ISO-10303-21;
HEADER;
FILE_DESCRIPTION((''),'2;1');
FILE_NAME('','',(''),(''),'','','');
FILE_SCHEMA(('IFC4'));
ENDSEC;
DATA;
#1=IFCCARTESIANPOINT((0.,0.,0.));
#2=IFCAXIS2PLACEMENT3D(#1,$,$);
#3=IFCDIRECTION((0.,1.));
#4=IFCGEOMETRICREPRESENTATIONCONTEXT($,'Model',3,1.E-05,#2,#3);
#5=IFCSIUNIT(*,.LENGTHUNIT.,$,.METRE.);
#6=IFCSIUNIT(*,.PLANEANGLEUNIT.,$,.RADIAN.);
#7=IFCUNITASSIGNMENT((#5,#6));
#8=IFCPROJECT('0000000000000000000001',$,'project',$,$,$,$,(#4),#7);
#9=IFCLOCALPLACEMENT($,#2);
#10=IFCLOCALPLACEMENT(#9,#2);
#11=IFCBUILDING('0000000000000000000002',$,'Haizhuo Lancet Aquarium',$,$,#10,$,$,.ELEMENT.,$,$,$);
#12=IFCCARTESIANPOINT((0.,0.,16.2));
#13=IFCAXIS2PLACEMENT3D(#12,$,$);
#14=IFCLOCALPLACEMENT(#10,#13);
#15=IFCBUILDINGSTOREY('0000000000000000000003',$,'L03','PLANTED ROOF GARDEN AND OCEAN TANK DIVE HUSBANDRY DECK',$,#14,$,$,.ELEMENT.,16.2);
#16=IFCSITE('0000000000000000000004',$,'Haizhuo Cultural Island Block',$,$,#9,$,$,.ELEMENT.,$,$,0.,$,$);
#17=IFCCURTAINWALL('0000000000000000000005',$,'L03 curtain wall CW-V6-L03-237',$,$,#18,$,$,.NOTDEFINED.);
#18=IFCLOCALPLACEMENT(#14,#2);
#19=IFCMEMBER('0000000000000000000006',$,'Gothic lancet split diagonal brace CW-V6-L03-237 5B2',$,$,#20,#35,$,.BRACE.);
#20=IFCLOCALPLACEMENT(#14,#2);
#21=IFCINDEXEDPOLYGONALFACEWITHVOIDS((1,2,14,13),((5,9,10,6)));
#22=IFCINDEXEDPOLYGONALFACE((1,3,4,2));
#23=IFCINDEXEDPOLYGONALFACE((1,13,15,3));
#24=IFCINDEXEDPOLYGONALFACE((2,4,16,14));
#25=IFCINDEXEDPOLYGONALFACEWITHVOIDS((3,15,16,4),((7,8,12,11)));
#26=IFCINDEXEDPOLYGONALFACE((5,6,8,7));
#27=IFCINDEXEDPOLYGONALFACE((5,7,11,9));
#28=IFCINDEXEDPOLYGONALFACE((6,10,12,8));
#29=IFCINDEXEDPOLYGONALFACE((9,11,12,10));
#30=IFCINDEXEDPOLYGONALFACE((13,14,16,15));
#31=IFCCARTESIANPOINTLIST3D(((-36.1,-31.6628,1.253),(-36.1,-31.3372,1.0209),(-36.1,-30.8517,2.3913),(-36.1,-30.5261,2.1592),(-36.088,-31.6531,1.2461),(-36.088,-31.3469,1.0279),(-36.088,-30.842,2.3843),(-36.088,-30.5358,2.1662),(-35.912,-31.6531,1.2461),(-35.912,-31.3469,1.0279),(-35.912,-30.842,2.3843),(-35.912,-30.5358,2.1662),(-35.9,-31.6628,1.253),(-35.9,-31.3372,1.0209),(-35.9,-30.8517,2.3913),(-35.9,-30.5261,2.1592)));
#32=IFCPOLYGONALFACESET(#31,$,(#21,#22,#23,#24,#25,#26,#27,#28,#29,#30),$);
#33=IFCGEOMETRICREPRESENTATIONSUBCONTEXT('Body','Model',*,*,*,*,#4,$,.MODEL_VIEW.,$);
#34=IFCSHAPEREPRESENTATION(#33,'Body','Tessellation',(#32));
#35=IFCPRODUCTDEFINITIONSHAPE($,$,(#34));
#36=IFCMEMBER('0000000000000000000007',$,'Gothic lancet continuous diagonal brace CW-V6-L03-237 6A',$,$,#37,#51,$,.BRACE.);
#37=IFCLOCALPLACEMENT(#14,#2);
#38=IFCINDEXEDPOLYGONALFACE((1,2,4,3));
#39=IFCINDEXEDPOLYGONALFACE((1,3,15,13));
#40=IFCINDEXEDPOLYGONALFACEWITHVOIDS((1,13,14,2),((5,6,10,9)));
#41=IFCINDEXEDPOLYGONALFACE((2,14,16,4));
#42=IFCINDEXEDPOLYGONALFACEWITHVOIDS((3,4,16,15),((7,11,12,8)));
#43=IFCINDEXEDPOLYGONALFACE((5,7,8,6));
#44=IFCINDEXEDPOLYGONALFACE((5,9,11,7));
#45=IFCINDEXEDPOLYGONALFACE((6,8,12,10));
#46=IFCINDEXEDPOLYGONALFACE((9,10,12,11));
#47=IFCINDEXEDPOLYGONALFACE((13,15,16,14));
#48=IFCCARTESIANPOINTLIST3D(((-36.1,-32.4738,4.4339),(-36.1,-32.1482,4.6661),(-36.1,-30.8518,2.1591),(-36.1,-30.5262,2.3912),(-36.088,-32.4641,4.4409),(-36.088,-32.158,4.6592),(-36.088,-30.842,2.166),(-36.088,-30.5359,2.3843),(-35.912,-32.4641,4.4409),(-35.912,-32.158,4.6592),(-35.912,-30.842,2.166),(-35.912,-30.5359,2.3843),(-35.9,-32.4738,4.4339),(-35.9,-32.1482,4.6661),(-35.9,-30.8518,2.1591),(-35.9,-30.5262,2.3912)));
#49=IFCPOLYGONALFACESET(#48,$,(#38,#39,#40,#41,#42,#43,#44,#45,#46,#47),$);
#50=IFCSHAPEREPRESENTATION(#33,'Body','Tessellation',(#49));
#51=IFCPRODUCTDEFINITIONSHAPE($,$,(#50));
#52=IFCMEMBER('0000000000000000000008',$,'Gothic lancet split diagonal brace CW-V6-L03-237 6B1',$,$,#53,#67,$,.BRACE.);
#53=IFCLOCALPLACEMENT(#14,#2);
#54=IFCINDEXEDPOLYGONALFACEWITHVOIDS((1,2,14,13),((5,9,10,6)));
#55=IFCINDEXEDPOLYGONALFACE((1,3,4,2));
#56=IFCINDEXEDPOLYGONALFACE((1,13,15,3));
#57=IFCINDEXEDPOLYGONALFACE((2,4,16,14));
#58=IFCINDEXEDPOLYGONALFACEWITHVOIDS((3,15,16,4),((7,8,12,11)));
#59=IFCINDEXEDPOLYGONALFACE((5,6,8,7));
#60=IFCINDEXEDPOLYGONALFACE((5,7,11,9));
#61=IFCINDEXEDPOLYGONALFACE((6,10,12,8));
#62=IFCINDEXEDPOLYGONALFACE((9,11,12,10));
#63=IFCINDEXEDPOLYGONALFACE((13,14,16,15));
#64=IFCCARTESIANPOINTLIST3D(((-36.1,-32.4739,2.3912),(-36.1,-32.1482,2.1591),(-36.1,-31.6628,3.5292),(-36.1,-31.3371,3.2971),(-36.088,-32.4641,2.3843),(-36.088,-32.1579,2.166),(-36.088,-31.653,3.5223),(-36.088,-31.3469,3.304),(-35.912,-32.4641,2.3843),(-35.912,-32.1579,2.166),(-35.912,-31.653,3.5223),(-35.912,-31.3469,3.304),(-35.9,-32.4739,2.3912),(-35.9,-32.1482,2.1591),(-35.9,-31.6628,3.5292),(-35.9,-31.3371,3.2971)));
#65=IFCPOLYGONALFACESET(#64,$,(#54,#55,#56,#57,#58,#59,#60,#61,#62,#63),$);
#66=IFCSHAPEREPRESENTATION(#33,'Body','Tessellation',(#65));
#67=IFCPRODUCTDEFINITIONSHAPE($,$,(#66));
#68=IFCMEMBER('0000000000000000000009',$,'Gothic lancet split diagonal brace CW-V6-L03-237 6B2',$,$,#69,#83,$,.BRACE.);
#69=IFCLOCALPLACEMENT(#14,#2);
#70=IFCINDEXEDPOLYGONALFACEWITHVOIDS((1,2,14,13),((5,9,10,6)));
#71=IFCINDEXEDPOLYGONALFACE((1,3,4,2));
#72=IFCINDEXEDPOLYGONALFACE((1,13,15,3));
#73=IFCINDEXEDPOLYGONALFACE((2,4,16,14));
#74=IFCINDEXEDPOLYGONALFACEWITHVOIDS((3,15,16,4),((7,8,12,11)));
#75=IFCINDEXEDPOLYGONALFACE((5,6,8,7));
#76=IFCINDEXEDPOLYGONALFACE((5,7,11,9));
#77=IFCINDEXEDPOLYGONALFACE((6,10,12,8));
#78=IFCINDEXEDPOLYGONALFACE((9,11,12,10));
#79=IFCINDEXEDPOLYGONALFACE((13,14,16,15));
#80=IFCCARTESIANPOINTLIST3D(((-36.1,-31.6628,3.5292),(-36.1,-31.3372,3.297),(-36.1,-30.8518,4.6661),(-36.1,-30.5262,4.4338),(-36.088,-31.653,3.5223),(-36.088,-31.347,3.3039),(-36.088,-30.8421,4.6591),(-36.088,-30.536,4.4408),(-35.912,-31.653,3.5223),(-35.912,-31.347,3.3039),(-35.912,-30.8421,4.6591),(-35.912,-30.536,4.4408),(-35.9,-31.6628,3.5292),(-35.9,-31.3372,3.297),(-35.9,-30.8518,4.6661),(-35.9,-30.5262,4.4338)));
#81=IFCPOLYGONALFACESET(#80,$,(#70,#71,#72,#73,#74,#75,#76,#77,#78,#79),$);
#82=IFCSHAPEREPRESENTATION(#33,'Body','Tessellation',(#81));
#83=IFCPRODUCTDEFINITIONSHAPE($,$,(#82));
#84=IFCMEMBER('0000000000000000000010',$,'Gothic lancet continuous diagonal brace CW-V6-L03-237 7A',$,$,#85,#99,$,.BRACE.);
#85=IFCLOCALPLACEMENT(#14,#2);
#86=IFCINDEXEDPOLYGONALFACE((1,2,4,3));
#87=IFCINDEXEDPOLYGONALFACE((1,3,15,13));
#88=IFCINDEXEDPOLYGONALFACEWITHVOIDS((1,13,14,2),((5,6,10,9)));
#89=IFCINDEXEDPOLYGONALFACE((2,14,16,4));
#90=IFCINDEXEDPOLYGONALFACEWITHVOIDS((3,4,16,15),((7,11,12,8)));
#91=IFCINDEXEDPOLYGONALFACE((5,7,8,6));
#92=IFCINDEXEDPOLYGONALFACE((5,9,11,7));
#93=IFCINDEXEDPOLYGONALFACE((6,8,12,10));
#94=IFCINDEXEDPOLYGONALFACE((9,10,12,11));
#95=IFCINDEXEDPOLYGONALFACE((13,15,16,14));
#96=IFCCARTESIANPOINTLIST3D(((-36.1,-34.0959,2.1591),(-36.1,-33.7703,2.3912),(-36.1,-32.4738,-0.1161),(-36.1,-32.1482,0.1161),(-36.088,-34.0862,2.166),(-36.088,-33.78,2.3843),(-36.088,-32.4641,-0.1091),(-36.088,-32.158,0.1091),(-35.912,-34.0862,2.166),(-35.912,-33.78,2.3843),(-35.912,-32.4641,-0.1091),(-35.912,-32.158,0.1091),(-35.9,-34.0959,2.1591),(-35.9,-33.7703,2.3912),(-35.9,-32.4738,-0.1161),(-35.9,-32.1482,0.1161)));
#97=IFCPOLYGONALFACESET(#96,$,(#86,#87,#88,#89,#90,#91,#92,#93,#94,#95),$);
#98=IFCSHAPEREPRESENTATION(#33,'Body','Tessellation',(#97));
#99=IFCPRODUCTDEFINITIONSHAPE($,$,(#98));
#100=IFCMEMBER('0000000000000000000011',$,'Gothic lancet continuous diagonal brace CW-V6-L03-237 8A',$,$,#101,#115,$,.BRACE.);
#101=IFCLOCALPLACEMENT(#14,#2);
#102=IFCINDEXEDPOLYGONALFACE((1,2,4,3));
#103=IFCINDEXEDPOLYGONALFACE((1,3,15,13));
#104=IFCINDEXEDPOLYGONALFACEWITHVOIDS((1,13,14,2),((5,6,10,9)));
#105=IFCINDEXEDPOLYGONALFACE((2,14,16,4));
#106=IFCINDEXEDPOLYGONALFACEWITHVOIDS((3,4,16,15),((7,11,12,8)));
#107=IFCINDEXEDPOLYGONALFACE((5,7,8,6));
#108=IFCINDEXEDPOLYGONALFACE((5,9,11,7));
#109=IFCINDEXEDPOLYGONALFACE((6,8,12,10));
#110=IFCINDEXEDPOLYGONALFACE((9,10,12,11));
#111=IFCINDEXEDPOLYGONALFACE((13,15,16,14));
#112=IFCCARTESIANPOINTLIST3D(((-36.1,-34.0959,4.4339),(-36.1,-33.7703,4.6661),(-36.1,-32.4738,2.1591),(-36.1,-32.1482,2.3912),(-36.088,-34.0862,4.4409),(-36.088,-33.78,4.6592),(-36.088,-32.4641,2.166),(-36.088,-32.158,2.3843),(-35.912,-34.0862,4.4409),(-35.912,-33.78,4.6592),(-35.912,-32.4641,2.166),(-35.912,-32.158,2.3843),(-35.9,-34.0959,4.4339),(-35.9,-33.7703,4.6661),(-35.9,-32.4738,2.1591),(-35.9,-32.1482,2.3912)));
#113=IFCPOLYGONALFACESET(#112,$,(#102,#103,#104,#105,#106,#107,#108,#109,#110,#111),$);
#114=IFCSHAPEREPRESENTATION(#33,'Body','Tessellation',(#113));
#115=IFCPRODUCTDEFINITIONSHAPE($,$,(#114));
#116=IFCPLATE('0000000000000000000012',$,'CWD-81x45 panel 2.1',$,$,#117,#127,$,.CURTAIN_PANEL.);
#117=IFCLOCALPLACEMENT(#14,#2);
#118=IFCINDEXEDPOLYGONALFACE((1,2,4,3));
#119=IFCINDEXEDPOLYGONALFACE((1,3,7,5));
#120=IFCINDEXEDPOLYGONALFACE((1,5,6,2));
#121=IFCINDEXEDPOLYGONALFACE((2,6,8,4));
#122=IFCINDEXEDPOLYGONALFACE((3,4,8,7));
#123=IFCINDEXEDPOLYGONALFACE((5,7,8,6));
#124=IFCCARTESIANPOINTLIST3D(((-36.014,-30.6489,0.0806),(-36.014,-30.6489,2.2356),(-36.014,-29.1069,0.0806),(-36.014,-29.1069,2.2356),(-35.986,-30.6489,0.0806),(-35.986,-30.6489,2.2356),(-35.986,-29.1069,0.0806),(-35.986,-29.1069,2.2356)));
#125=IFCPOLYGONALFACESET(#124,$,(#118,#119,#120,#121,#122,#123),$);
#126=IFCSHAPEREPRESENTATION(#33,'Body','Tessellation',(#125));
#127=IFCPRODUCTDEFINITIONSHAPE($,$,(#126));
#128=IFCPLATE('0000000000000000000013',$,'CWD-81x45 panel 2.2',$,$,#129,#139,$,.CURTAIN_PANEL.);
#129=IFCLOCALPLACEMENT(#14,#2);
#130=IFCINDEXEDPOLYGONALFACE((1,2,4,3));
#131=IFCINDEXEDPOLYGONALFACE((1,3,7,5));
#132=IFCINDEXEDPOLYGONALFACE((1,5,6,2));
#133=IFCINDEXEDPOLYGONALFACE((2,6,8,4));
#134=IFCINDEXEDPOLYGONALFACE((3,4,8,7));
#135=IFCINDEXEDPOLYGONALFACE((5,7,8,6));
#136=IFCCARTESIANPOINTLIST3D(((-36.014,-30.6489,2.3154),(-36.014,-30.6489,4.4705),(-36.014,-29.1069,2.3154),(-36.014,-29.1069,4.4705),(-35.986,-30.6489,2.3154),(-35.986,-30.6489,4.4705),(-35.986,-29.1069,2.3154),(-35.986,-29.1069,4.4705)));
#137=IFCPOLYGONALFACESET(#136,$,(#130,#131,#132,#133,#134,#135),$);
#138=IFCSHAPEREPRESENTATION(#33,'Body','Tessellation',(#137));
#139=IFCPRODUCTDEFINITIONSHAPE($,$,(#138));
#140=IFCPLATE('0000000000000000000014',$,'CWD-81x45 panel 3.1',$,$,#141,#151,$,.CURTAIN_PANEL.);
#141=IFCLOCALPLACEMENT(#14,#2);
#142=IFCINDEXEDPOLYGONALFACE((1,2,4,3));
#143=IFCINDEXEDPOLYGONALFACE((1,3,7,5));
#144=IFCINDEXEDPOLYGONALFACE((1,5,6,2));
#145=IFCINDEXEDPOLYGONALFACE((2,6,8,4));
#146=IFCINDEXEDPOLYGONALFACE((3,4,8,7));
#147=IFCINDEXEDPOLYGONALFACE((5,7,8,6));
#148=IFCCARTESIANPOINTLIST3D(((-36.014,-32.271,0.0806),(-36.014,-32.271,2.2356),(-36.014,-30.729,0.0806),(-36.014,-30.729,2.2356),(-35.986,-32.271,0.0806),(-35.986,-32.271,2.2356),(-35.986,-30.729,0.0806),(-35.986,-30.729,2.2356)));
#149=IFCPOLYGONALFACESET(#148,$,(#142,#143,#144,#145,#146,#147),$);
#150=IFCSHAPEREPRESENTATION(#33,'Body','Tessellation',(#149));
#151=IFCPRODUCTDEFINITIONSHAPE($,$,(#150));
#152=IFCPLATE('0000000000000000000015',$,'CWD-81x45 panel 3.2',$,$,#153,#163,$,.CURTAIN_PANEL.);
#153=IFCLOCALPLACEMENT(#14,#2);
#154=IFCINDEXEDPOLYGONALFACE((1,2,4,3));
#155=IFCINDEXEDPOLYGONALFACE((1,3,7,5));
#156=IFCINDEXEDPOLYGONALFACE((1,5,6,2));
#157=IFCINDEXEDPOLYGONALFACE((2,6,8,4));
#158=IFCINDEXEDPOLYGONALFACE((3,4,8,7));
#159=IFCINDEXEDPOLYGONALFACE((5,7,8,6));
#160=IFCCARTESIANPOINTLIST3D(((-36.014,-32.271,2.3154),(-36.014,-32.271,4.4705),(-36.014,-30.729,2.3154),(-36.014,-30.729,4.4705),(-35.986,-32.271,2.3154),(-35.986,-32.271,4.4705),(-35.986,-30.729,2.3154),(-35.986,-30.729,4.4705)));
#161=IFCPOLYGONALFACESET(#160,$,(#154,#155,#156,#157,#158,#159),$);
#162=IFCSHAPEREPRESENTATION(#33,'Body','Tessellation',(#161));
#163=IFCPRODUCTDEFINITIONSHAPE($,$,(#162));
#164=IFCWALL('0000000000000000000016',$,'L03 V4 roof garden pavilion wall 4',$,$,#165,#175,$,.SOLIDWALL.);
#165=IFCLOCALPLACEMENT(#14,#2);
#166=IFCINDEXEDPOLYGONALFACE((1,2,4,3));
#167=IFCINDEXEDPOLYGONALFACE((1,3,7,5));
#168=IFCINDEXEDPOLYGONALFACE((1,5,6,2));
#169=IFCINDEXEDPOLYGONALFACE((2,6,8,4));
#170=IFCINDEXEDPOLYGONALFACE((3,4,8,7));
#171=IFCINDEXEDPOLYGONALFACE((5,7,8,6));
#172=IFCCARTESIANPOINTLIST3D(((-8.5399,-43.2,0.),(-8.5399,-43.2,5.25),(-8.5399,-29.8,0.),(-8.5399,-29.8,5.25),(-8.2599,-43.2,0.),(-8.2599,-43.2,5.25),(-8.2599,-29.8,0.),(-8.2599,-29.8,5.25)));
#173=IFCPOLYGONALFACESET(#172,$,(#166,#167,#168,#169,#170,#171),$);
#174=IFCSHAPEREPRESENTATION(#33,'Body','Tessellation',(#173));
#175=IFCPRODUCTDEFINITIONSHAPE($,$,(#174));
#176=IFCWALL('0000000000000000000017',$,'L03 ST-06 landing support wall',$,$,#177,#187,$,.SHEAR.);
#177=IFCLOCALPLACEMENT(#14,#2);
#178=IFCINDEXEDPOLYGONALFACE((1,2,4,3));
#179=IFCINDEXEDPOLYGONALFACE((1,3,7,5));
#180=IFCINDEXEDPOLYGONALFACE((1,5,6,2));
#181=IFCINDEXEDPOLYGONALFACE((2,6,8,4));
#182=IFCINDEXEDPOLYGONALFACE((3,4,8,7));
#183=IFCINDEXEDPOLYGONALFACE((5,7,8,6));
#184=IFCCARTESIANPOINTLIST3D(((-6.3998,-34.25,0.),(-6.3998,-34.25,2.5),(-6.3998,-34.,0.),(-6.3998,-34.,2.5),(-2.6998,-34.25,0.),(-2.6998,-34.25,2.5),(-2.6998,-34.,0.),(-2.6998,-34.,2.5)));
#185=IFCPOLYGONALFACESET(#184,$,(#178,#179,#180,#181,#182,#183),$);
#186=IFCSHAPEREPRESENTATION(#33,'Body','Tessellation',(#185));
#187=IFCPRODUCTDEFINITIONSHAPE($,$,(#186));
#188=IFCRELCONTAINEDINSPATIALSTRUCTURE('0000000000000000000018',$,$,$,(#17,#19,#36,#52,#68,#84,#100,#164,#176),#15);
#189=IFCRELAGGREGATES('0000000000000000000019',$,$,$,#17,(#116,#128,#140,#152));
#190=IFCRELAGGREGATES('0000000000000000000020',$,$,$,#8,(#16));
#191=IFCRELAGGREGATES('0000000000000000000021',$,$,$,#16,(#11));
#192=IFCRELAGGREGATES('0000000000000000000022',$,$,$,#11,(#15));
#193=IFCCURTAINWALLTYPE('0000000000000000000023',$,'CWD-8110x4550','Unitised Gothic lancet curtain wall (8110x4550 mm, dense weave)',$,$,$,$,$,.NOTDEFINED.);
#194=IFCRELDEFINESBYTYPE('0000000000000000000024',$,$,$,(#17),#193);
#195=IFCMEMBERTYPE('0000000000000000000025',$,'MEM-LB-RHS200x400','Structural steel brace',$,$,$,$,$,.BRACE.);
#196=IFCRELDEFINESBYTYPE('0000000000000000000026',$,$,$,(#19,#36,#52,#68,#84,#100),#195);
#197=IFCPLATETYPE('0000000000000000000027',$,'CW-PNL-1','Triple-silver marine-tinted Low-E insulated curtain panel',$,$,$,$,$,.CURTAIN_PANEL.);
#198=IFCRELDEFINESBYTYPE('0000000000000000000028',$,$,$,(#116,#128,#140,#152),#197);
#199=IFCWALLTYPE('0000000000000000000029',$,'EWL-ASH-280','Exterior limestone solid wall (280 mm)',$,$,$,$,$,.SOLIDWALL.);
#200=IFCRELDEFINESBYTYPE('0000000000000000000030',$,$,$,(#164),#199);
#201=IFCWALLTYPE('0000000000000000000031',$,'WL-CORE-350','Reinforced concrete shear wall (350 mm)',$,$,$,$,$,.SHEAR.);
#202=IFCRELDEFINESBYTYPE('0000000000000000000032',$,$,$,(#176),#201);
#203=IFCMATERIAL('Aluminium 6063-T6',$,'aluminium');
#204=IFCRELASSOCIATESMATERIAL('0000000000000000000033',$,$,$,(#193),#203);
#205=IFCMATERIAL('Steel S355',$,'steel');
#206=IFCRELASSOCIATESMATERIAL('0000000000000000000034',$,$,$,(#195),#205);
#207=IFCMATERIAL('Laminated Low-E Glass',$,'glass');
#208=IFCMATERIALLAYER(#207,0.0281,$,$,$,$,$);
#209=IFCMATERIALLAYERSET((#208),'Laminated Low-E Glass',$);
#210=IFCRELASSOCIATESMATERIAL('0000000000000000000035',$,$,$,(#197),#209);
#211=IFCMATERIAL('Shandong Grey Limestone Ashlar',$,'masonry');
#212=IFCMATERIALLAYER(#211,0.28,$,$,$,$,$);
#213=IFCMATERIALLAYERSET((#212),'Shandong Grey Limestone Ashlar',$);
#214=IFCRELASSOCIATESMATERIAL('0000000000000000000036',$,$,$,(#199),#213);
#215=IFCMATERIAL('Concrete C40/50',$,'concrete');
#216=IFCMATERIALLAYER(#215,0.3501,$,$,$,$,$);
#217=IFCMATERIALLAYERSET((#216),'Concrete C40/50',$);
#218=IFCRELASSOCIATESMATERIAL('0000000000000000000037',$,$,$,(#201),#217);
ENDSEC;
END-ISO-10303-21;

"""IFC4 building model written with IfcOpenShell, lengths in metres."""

from ifc_helpers import new_model, si_unit, direction, frame, frame_2d, origin, origin_2d, place, context, subcontext, project, spatial, rectangle, hollow_rectangle, extrude, material, layer, layer_set, material_profile, profile_set, type_object, element, aggregate, save


model = new_model("IFC4")

# Units and contexts
model_context = context("Model", 3, precision=1e-05, world=origin(), true_north=direction((0.0, 1.0)))
body_context = subcontext(model_context, "Body", "Model", "MODEL_VIEW")
ifc_project = project(units=[si_unit("LENGTHUNIT", "METRE"), si_unit("PLANEANGLEUNIT", "RADIAN")], contexts=[model_context])

# Site, building, storey
site_placement = place(None, origin())
site = spatial("IfcSite", under=ifc_project, at=site_placement, Name="Haizhuo Cultural Island Block", CompositionType="ELEMENT", RefElevation=0.0)
building_placement = place(site_placement, origin())
building = spatial("IfcBuilding", under=site, at=building_placement, Name="Haizhuo Lancet Aquarium", CompositionType="ELEMENT")
storey_placement = place(building_placement, frame((0.0, 0.0, 16.2)))
storey = spatial("IfcBuildingStorey", under=building, at=storey_placement, Name="L03", Description="PLANTED ROOF GARDEN AND OCEAN TANK DIVE HUSBANDRY DECK", CompositionType="ELEMENT", Elevation=16.2)

# Curtain wall
ifc_material_1 = material(Name="Aluminium 6063-T6", Category="aluminium")
curtain_wall_type = type_object("IfcCurtainWallType", Name="CWD-8110x4550", Description="Unitised Gothic lancet curtain wall (8110x4550 mm, dense weave)", PredefinedType="NOTDEFINED", material=ifc_material_1)
curtain_wall_placement = place(storey_placement, origin())
curtain_wall = element("IfcCurtainWall", 1, at=curtain_wall_placement, inside=storey, type_object=curtain_wall_type, Name="L03 curtain wall CW-V6-L03-237", PredefinedType="NOTDEFINED")

# Members
ifc_material_2 = material(Name="Steel S355", Category="steel")
ifc_material_profile_1 = material_profile(ifc_material_2, hollow_rectangle(XDim=0.2, YDim=0.3999, WallThickness=0.012, at=origin_2d()), Name="RHS 200x400x12")
ifc_profile_set_1 = profile_set([ifc_material_profile_1], Name="Steel S355")
member_type_1 = type_object("IfcMemberType", Name="MEM-LB-RHS200x400", Description="Structural steel brace", PredefinedType="BRACE", material=ifc_profile_set_1)
member_1_placement = place(storey_placement, frame((-36.0, -31.5, 1.137), z_axis=(0.0, 0.580312, 0.814394), x_axis=(-1.0, 0.0, 0.0)))
element("IfcMember", 2, at=member_1_placement, inside=storey, type_object=member_type_1, Name="Gothic lancet split diagonal brace CW-V6-L03-237 5B2", PredefinedType="BRACE", context=body_context, shape_type="SweptSolid", body=[
    extrude(hollow_rectangle(XDim=0.2, YDim=0.3999, WallThickness=0.012, at=origin_2d()), origin(), (0.0, 0.0, 1.0), 1.3977),
])
member_2_placement = place(storey_placement, frame((-36.0, -30.689, 2.2751), z_axis=(0.0, -0.58056, 0.814217), x_axis=(1.0, 0.0, 0.0)))
element("IfcMember", 3, at=member_2_placement, inside=storey, type_object=member_type_1, Name="Gothic lancet continuous diagonal brace CW-V6-L03-237 6A", PredefinedType="BRACE", context=body_context, shape_type="SweptSolid", body=[
    extrude(hollow_rectangle(XDim=0.2, YDim=0.3999, WallThickness=0.012, at=origin_2d()), origin(), (0.0, 0.0, 1.0), 2.7939),
])
member_3_placement = place(storey_placement, frame((-36.0, -32.311, 2.2751), z_axis=(0.0, 0.580395, 0.814335), x_axis=(-1.0, 0.0, 0.0)))
element("IfcMember", 4, at=member_3_placement, inside=storey, type_object=member_type_1, Name="Gothic lancet split diagonal brace CW-V6-L03-237 6B1", PredefinedType="BRACE", context=body_context, shape_type="SweptSolid", body=[
    extrude(hollow_rectangle(XDim=0.2, YDim=0.3999, WallThickness=0.012, at=origin_2d()), origin(), (0.0, 0.0, 1.0), 1.3975),
])
member_4_placement = place(storey_placement, frame((-36.0, -31.5, 3.4131), z_axis=(0.0, 0.580725, 0.814099), x_axis=(-1.0, 0.0, 0.0)))
element("IfcMember", 5, at=member_4_placement, inside=storey, type_object=member_type_1, Name="Gothic lancet split diagonal brace CW-V6-L03-237 6B2", PredefinedType="BRACE", context=body_context, shape_type="SweptSolid", body=[
    extrude(hollow_rectangle(XDim=0.2, YDim=0.3999, WallThickness=0.012, at=origin_2d()), origin(), (0.0, 0.0, 1.0), 1.3965),
])
member_5_placement = place(storey_placement, frame((-36.0, -32.311, 0.0), z_axis=(0.0, -0.580519, 0.814247), x_axis=(1.0, 0.0, 0.0)))
element("IfcMember", 6, at=member_5_placement, inside=storey, type_object=member_type_1, Name="Gothic lancet continuous diagonal brace CW-V6-L03-237 7A", PredefinedType="BRACE", context=body_context, shape_type="SweptSolid", body=[
    extrude(hollow_rectangle(XDim=0.2, YDim=0.3999, WallThickness=0.012, at=origin_2d()), origin(), (0.0, 0.0, 1.0), 2.7942),
])
member_6_placement = place(storey_placement, frame((-36.0, -32.311, 2.2751), z_axis=(0.0, -0.58056, 0.814217), x_axis=(1.0, 0.0, 0.0)))
element("IfcMember", 7, at=member_6_placement, inside=storey, type_object=member_type_1, Name="Gothic lancet continuous diagonal brace CW-V6-L03-237 8A", PredefinedType="BRACE", context=body_context, shape_type="SweptSolid", body=[
    extrude(hollow_rectangle(XDim=0.2, YDim=0.3999, WallThickness=0.012, at=origin_2d()), origin(), (0.0, 0.0, 1.0), 2.7939),
])

# Plates
ifc_material_3 = material(Name="Laminated Low-E Glass", Category="glass")
ifc_layer_1 = layer(ifc_material_3, 0.0281)
ifc_layer_set_1 = layer_set([ifc_layer_1], Name="Laminated Low-E Glass")
plate_type = type_object("IfcPlateType", Name="CW-PNL-1", Description="Triple-silver marine-tinted Low-E insulated curtain panel", PredefinedType="CURTAIN_PANEL", material=ifc_layer_set_1)
plate_1_placement = place(storey_placement, frame((-36.0, -29.8779, 0.0806), z_axis=(0.0, 0.0, 1.0), x_axis=(0.0, -1.0, 0.0)))
plate_1 = element("IfcPlate", 8, at=plate_1_placement, type_object=plate_type, Name="CWD-81x45 panel 2.1", PredefinedType="CURTAIN_PANEL", context=body_context, shape_type="SweptSolid", body=[
    extrude(rectangle(XDim=1.542, YDim=0.0281, at=origin_2d()), origin(), (0.0, 0.0, 1.0), 2.155),
])
plate_2_placement = place(storey_placement, frame((-36.0, -29.8779, 2.3154), z_axis=(0.0, 0.0, 1.0), x_axis=(0.0, -1.0, 0.0)))
plate_2 = element("IfcPlate", 9, at=plate_2_placement, type_object=plate_type, Name="CWD-81x45 panel 2.2", PredefinedType="CURTAIN_PANEL", context=body_context, shape_type="SweptSolid", body=[
    extrude(rectangle(XDim=1.542, YDim=0.0281, at=origin_2d()), origin(), (0.0, 0.0, 1.0), 2.155),
])
plate_3_placement = place(storey_placement, frame((-36.0, -31.5, 0.0806), z_axis=(0.0, 0.0, 1.0), x_axis=(0.0, -1.0, 0.0)))
plate_3 = element("IfcPlate", 10, at=plate_3_placement, type_object=plate_type, Name="CWD-81x45 panel 3.1", PredefinedType="CURTAIN_PANEL", context=body_context, shape_type="SweptSolid", body=[
    extrude(rectangle(XDim=1.542, YDim=0.0281, at=origin_2d()), origin(), (0.0, 0.0, 1.0), 2.155),
])
plate_4_placement = place(storey_placement, frame((-36.0, -31.5, 2.3154), z_axis=(0.0, 0.0, 1.0), x_axis=(0.0, -1.0, 0.0)))
plate_4 = element("IfcPlate", 11, at=plate_4_placement, type_object=plate_type, Name="CWD-81x45 panel 3.2", PredefinedType="CURTAIN_PANEL", context=body_context, shape_type="SweptSolid", body=[
    extrude(rectangle(XDim=1.542, YDim=0.0281, at=origin_2d()), origin(), (0.0, 0.0, 1.0), 2.155),
])
aggregate(curtain_wall, [plate_1, plate_2, plate_3, plate_4])

# Walls
ifc_material_4 = material(Name="Shandong Grey Limestone Ashlar", Category="masonry")
ifc_layer_2 = layer(ifc_material_4, 0.28)
ifc_layer_set_2 = layer_set([ifc_layer_2], Name="Shandong Grey Limestone Ashlar")
wall_type_1 = type_object("IfcWallType", Name="EWL-ASH-280", Description="Exterior limestone solid wall (280 mm)", PredefinedType="SOLIDWALL", material=ifc_layer_set_2)
wall_1_placement = place(storey_placement, frame((-8.3999, -43.2, 0.0), z_axis=(0.0, 0.0, 1.0), x_axis=(0.0, 1.0, 0.0)))
element("IfcWall", 12, at=wall_1_placement, inside=storey, type_object=wall_type_1, Name="L03 V4 roof garden pavilion wall 4", PredefinedType="SOLIDWALL", context=body_context, shape_type="SweptSolid", body=[
    extrude(rectangle(XDim=13.3999, YDim=0.28, at=frame_2d((6.7, 0.0))), origin(), (0.0, 0.0, 1.0), 5.25),
])
ifc_material_5 = material(Name="Concrete C40/50", Category="concrete")
ifc_layer_3 = layer(ifc_material_5, 0.3501)
ifc_layer_set_3 = layer_set([ifc_layer_3], Name="Concrete C40/50")
wall_type_2 = type_object("IfcWallType", Name="WL-CORE-350", Description="Reinforced concrete shear wall (350 mm)", PredefinedType="SHEAR", material=ifc_layer_set_3)
for number, where, z_axis, x_axis, name in (
    (13, (-6.3999, -34.125, 0.0), (0.0, 0.0, 1.0), (1.0, 0.0, 0.0), "L03 ST-06 landing support wall"),
):
    element("IfcWall", number, at=place(storey_placement, frame(where, z_axis=z_axis, x_axis=x_axis)), inside=storey, type_object=wall_type_2, Name=name, PredefinedType="SHEAR", context=body_context, shape_type="SweptSolid", body=[
        extrude(rectangle(XDim=3.7, YDim=0.25, at=frame_2d((1.8501, 0.0))), origin(), (0.0, 0.0, 1.0), 2.5),
    ])

save(model, "model.ifc")
